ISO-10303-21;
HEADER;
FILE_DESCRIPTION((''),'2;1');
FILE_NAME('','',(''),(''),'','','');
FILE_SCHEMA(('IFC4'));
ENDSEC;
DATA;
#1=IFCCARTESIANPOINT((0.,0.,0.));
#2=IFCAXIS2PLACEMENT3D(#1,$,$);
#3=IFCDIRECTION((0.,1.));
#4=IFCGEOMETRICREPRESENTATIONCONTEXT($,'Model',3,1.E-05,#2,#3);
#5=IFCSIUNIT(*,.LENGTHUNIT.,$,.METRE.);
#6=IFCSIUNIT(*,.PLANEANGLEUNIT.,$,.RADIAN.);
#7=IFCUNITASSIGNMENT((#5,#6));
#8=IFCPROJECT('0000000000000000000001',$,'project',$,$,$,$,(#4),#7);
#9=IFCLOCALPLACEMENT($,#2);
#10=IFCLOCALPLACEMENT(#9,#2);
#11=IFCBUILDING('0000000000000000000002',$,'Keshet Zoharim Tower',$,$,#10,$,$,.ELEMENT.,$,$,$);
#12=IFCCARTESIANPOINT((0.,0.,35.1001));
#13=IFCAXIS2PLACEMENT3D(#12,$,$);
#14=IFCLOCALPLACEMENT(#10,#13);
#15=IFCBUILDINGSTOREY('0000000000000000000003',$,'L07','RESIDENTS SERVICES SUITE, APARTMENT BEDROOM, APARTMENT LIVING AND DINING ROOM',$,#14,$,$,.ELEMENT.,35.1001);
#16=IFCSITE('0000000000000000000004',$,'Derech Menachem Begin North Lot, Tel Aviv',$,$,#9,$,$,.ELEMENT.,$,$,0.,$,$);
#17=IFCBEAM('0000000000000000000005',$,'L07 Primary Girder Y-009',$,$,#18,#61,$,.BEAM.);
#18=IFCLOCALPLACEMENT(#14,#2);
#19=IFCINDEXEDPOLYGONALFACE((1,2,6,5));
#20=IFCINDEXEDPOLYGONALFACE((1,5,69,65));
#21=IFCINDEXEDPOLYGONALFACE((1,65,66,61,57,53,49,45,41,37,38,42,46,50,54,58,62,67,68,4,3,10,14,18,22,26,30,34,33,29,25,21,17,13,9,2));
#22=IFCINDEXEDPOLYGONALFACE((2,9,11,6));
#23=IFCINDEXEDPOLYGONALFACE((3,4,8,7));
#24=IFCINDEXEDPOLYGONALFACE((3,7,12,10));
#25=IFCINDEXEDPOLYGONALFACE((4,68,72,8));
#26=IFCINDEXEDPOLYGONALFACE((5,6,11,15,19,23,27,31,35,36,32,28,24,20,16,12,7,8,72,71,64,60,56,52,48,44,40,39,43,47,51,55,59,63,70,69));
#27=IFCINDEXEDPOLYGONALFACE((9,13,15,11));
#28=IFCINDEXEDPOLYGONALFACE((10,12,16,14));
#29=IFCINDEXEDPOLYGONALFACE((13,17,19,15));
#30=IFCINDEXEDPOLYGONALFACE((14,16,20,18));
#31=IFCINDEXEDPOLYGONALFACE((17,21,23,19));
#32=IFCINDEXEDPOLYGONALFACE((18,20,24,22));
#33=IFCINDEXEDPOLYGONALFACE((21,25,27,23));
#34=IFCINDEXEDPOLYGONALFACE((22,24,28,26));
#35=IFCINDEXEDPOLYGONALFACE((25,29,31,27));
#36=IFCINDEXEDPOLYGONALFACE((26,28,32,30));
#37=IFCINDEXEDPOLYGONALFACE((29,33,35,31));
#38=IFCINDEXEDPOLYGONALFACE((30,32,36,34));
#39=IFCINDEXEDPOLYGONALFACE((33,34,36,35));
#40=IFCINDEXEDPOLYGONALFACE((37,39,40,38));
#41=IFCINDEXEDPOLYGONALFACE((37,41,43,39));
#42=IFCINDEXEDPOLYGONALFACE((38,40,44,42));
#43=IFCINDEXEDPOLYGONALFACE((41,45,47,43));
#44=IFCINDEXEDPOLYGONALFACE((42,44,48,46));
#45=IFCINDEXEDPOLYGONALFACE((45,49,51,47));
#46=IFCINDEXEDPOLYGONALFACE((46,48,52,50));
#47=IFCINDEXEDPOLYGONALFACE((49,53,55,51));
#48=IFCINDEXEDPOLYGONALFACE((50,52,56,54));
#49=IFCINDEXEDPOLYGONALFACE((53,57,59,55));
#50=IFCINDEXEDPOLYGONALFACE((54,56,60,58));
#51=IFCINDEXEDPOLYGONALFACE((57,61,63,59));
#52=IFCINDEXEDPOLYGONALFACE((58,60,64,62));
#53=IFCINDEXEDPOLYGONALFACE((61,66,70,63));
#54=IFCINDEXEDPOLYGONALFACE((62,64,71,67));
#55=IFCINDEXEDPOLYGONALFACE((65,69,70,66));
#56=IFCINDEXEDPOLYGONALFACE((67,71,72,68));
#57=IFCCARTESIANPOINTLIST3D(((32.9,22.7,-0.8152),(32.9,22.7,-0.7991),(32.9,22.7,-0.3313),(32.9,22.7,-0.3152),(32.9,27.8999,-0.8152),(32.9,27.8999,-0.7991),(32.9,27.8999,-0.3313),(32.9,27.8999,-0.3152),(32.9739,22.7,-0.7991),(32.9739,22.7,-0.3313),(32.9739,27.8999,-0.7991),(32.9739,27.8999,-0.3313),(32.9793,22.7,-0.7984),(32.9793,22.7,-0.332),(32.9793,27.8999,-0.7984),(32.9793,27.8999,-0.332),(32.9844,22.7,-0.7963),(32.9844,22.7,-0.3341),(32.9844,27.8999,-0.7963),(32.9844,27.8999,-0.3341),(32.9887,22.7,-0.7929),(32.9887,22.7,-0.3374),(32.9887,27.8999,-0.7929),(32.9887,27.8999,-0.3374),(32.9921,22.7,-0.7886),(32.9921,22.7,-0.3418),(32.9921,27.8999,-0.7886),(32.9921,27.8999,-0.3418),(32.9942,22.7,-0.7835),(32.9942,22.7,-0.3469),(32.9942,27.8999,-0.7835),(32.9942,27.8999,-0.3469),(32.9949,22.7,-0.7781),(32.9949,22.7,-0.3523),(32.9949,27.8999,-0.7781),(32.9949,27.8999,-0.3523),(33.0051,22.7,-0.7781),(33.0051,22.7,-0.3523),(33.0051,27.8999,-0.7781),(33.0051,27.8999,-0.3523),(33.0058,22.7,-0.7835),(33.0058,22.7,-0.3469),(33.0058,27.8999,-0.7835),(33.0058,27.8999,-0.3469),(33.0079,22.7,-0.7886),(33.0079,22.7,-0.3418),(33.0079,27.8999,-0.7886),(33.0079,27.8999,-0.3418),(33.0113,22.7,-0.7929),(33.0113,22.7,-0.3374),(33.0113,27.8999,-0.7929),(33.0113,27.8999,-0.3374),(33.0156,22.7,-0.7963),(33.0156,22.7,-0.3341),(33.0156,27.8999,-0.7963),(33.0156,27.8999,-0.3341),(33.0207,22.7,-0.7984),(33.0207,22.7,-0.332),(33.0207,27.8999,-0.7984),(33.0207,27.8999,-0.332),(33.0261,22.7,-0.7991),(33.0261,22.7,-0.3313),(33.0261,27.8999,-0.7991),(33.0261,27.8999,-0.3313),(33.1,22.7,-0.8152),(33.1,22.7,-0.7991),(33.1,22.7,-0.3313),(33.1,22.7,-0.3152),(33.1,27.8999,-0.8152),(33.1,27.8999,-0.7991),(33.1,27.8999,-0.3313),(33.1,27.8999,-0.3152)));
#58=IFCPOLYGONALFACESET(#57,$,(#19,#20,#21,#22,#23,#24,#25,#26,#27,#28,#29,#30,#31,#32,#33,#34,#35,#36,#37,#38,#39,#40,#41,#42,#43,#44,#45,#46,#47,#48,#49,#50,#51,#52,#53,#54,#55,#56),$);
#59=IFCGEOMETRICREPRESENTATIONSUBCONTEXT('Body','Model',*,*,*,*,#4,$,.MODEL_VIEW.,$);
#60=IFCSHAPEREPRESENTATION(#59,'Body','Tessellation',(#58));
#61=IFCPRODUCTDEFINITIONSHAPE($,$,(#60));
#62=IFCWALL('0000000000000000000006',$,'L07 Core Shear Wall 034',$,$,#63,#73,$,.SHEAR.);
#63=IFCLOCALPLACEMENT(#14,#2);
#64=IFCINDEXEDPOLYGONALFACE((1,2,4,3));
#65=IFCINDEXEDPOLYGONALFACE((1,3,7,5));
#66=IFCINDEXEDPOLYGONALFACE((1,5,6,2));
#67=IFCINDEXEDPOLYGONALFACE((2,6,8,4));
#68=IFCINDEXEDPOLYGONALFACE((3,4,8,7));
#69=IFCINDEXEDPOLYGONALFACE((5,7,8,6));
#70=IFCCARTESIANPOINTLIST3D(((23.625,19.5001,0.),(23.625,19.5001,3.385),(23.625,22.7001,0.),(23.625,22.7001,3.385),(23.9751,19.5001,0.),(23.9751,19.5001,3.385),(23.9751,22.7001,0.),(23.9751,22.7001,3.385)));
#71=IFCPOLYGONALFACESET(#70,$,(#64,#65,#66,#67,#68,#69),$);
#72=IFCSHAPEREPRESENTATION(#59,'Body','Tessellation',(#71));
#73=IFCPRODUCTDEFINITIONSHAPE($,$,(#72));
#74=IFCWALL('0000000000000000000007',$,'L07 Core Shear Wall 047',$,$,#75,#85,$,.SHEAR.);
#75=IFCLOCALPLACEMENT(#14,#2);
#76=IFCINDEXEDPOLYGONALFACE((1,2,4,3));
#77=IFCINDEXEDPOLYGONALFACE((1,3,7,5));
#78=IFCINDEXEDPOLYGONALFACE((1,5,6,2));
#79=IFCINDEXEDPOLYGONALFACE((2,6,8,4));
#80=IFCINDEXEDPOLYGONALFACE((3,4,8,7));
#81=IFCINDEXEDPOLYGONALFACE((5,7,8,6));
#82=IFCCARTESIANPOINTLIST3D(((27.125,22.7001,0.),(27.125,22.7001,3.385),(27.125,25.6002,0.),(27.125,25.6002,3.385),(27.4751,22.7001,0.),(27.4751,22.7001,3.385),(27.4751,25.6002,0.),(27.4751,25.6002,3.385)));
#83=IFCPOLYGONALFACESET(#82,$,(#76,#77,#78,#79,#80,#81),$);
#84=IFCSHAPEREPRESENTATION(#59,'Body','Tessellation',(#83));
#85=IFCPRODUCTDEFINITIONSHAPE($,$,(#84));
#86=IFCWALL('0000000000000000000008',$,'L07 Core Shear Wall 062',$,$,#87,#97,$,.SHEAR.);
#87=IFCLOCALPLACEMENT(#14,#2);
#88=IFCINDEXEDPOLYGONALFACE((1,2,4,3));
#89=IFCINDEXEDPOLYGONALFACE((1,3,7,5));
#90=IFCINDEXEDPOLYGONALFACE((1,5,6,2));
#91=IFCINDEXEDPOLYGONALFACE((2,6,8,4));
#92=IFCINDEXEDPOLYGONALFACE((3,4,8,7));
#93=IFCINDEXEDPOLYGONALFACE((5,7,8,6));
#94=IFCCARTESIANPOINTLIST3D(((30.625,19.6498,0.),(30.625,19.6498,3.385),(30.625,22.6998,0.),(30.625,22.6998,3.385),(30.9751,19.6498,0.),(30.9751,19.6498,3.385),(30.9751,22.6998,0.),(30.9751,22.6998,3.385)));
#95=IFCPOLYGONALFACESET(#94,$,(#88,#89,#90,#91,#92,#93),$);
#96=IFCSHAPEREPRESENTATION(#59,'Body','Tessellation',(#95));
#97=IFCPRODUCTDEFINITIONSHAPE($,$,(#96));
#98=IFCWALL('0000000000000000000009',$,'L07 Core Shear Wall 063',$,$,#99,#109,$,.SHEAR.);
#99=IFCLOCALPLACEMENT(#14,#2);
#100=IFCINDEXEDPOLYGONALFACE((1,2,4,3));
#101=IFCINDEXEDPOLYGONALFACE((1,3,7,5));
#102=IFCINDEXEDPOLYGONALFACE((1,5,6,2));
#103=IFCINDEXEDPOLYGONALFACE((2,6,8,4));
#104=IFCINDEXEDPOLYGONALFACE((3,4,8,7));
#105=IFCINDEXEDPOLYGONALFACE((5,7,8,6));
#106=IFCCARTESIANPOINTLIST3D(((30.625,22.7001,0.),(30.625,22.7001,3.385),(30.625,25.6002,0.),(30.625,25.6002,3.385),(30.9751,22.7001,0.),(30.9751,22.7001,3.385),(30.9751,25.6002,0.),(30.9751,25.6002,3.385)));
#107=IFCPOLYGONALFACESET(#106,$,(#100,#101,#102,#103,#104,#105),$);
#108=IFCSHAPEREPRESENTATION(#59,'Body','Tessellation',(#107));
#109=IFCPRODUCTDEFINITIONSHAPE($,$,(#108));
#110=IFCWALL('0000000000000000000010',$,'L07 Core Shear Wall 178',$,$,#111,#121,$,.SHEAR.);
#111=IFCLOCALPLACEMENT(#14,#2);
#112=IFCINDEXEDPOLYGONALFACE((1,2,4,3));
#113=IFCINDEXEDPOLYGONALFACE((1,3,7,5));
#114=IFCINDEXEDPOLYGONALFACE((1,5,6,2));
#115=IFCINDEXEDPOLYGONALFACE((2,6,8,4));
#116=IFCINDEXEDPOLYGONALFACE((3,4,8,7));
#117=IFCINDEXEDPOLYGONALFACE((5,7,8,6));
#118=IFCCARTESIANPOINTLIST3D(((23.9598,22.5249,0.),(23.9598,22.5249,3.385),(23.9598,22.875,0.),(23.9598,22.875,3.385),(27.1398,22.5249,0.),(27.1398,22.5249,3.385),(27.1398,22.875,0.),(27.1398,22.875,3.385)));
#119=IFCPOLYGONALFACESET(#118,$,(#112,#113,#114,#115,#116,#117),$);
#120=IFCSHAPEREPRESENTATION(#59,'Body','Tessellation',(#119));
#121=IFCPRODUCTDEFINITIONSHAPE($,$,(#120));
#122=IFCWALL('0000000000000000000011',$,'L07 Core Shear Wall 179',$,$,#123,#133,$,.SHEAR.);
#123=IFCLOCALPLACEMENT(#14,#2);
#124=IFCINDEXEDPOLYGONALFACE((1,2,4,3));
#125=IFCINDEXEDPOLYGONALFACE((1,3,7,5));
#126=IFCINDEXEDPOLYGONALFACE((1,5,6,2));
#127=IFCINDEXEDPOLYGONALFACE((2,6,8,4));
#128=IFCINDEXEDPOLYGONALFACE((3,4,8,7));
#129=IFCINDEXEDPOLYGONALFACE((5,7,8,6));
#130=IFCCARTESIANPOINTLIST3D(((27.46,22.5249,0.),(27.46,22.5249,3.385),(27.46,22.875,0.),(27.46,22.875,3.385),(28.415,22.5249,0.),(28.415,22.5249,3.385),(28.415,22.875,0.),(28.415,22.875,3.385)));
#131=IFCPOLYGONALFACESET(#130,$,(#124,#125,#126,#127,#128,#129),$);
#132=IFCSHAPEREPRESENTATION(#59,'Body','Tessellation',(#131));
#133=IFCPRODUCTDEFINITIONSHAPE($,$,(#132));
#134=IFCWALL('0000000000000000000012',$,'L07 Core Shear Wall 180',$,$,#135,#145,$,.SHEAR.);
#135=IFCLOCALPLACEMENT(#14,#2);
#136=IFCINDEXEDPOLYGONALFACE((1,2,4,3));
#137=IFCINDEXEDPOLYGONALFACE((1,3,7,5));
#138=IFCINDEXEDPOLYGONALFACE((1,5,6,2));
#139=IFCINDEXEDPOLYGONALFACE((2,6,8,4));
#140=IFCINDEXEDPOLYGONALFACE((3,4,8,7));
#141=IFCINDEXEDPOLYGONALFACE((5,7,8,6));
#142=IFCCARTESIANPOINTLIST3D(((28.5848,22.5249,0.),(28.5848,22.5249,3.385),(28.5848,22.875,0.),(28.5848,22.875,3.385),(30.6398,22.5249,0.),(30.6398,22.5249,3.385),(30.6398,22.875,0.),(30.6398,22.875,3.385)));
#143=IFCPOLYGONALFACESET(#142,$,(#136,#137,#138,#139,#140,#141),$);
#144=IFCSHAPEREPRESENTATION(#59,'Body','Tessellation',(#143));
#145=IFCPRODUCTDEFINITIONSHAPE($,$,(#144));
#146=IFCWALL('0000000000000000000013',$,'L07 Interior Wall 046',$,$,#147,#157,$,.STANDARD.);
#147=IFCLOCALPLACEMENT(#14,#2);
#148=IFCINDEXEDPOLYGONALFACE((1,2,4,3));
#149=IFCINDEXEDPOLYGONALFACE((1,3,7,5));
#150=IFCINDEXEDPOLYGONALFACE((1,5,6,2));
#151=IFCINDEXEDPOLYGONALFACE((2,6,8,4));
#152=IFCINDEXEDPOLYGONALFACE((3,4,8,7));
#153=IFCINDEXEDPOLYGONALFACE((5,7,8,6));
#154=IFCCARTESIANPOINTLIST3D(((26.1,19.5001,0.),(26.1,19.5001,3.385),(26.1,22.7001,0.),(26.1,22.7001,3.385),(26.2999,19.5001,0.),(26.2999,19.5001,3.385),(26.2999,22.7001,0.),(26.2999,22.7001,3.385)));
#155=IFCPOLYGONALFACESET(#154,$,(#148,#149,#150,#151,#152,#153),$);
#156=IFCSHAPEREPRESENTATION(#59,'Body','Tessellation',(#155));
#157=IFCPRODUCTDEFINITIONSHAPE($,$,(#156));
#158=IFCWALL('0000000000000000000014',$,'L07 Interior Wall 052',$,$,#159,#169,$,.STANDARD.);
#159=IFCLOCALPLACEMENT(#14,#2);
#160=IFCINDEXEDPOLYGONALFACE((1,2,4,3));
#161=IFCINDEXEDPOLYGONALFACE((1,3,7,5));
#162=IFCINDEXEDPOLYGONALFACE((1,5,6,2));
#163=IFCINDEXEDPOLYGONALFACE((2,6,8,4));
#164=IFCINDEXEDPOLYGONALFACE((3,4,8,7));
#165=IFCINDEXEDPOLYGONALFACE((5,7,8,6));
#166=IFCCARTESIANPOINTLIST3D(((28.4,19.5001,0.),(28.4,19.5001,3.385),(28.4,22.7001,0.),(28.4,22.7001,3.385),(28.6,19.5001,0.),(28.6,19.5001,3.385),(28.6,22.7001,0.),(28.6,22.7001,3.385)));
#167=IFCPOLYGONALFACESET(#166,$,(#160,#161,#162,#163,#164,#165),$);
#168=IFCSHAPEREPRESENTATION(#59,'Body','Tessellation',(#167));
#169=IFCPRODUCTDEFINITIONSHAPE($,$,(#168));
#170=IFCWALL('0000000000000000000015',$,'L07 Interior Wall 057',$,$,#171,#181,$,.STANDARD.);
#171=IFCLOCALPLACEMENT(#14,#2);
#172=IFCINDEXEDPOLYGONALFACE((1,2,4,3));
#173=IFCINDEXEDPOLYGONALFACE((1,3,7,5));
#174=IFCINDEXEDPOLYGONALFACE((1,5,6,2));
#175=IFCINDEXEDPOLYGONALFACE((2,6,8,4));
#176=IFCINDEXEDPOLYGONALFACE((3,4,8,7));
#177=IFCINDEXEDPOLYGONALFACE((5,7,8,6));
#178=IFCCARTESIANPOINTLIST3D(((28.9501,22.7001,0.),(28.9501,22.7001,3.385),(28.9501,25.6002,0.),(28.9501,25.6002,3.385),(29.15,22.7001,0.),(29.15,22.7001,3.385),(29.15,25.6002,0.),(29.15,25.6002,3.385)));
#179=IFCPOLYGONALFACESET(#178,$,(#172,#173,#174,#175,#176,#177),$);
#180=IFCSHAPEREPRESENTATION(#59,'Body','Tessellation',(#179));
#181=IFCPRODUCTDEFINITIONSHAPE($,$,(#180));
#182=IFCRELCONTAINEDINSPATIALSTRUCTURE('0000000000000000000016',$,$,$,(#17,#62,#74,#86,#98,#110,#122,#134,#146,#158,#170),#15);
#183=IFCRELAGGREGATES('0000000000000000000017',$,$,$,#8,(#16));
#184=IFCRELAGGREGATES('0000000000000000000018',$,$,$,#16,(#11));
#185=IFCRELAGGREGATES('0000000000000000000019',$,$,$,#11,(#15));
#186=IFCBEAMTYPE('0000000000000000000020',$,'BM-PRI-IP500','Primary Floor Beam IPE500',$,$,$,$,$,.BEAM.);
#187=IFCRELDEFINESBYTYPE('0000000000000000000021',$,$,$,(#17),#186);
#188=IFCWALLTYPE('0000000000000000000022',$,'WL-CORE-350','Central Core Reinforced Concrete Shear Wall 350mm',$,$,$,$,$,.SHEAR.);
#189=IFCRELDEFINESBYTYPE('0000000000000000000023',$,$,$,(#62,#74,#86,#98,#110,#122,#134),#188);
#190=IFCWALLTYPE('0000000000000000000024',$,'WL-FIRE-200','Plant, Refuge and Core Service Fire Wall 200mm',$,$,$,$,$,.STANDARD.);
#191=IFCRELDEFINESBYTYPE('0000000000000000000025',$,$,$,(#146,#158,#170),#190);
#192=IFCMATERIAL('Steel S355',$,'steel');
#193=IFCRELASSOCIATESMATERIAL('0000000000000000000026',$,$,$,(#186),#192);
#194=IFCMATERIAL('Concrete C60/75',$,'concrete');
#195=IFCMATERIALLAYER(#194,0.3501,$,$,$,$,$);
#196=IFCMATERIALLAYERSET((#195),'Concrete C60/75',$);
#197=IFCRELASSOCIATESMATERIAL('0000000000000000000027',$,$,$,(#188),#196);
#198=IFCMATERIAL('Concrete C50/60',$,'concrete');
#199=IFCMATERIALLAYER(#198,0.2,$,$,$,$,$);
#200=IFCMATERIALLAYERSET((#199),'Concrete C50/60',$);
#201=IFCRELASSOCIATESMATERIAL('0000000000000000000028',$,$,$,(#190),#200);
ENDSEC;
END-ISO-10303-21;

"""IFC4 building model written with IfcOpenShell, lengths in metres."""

from ifc_helpers import new_model, si_unit, direction, frame, frame_2d, origin, origin_2d, place, context, subcontext, project, spatial, rectangle, i_section, extrude, material, layer, layer_set, material_profile, profile_set, type_object, element, save


model = new_model("IFC4")

# Units and contexts
model_context = context("Model", 3, precision=1e-05, world=origin(), true_north=direction((0.0, 1.0)))
body_context = subcontext(model_context, "Body", "Model", "MODEL_VIEW")
ifc_project = project(units=[si_unit("LENGTHUNIT", "METRE"), si_unit("PLANEANGLEUNIT", "RADIAN")], contexts=[model_context])

# Site, building, storey
site_placement = place(None, origin())
site = spatial("IfcSite", under=ifc_project, at=site_placement, Name="Derech Menachem Begin North Lot, Tel Aviv", CompositionType="ELEMENT", RefElevation=0.0)
building_placement = place(site_placement, origin())
building = spatial("IfcBuilding", under=site, at=building_placement, Name="Keshet Zoharim Tower", CompositionType="ELEMENT")
storey_placement = place(building_placement, frame((0.0, 0.0, 35.1001)))
storey = spatial("IfcBuildingStorey", under=building, at=storey_placement, Name="L07", Description="RESIDENTS SERVICES SUITE, APARTMENT BEDROOM, APARTMENT LIVING AND DINING ROOM", CompositionType="ELEMENT", Elevation=35.1001)

# Shared definitions
ifc_material_1 = material(Name="Concrete C60/75", Category="concrete")

# Beam
ifc_material_2 = material(Name="Steel S355", Category="steel")
ifc_material_profile_1 = material_profile(ifc_material_2, i_section(OverallWidth=0.2, OverallDepth=0.5, WebThickness=0.0103, FlangeThickness=0.0161, FilletRadius=0.021, at=origin_2d()), Name="IPE500")
ifc_profile_set_1 = profile_set([ifc_material_profile_1], Name="Steel S355")
beam_type_1 = type_object("IfcBeamType", Name="BM-PRI-IP500", Description="Primary Floor Beam IPE500", PredefinedType="BEAM", material=ifc_profile_set_1)
beam_1_placement = place(storey_placement, frame((33.0, 22.7, -0.5652), z_axis=(0.0, 1.0, 0.0), x_axis=(-1.0, 0.0, 0.0)))
element("IfcBeam", 1, at=beam_1_placement, inside=storey, type_object=beam_type_1, Name="L07 Primary Girder Y-009", PredefinedType="BEAM", context=body_context, shape_type="SweptSolid", body=[
    extrude(i_section(OverallWidth=0.2, OverallDepth=0.5, WebThickness=0.0103, FlangeThickness=0.0161, FilletRadius=0.021, at=origin_2d()), origin(), (0.0, 0.0, 1.0), 5.2),
])

# Wall
ifc_layer_1 = layer(ifc_material_1, 0.3501)
ifc_layer_set_1 = layer_set([ifc_layer_1], Name="Concrete C60/75")
wall_type_1 = type_object("IfcWallType", Name="WL-CORE-350", Description="Central Core Reinforced Concrete Shear Wall 350mm", PredefinedType="SHEAR", material=ifc_layer_set_1)
wall_1_placement = place(storey_placement, frame((23.8, 19.5, 0.0), z_axis=(0.0, 0.0, 1.0), x_axis=(0.0, 1.0, 0.0)))
element("IfcWall", 2, at=wall_1_placement, inside=storey, type_object=wall_type_1, Name="L07 Core Shear Wall 034", PredefinedType="SHEAR", context=body_context, shape_type="SweptSolid", body=[
    extrude(rectangle(XDim=3.2, YDim=0.3501, at=frame_2d((1.6001, 0.0))), origin(), (0.0, 0.0, 1.0), 3.385),
])

# Walls
wall_2_placement = place(storey_placement, frame((27.3, 22.7, 0.0), z_axis=(0.0, 0.0, 1.0), x_axis=(0.0, 1.0, 0.0)))
element("IfcWall", 3, at=wall_2_placement, inside=storey, type_object=wall_type_1, Name="L07 Core Shear Wall 047", PredefinedType="SHEAR", context=body_context, shape_type="SweptSolid", body=[
    extrude(rectangle(XDim=2.9001, YDim=0.3501, at=frame_2d((1.4502, 0.0))), origin(), (0.0, 0.0, 1.0), 3.385),
])
wall_3_placement = place(storey_placement, frame((30.8, 19.6499, 0.0), z_axis=(0.0, 0.0, 1.0), x_axis=(0.0, 1.0, 0.0)))
element("IfcWall", 4, at=wall_3_placement, inside=storey, type_object=wall_type_1, Name="L07 Core Shear Wall 062", PredefinedType="SHEAR", context=body_context, shape_type="SweptSolid", body=[
    extrude(rectangle(XDim=3.05, YDim=0.3501, at=frame_2d((1.5249, 0.0))), origin(), (0.0, 0.0, 1.0), 3.385),
])
wall_4_placement = place(storey_placement, frame((30.8, 22.7, 0.0), z_axis=(0.0, 0.0, 1.0), x_axis=(0.0, 1.0, 0.0)))
element("IfcWall", 5, at=wall_4_placement, inside=storey, type_object=wall_type_1, Name="L07 Core Shear Wall 063", PredefinedType="SHEAR", context=body_context, shape_type="SweptSolid", body=[
    extrude(rectangle(XDim=2.9001, YDim=0.3501, at=frame_2d((1.4502, 0.0))), origin(), (0.0, 0.0, 1.0), 3.385),
])
wall_5_placement = place(storey_placement, frame((23.96, 22.7, 0.0), z_axis=(0.0, 0.0, 1.0), x_axis=(1.0, 0.0, 0.0)))
element("IfcWall", 6, at=wall_5_placement, inside=storey, type_object=wall_type_1, Name="L07 Core Shear Wall 178", PredefinedType="SHEAR", context=body_context, shape_type="SweptSolid", body=[
    extrude(rectangle(XDim=3.1799, YDim=0.3501, at=frame_2d((1.5898, 0.0))), origin(), (0.0, 0.0, 1.0), 3.385),
])
wall_6_placement = place(storey_placement, frame((27.46, 22.7, 0.0), z_axis=(0.0, 0.0, 1.0), x_axis=(1.0, 0.0, 0.0)))
element("IfcWall", 7, at=wall_6_placement, inside=storey, type_object=wall_type_1, Name="L07 Core Shear Wall 179", PredefinedType="SHEAR", context=body_context, shape_type="SweptSolid", body=[
    extrude(rectangle(XDim=0.9551, YDim=0.3501, at=frame_2d((0.4775, 0.0))), origin(), (0.0, 0.0, 1.0), 3.385),
])
wall_7_placement = place(storey_placement, frame((28.585, 22.7, 0.0), z_axis=(0.0, 0.0, 1.0), x_axis=(1.0, 0.0, 0.0)))
element("IfcWall", 8, at=wall_7_placement, inside=storey, type_object=wall_type_1, Name="L07 Core Shear Wall 180", PredefinedType="SHEAR", context=body_context, shape_type="SweptSolid", body=[
    extrude(rectangle(XDim=2.0549, YDim=0.3501, at=frame_2d((1.0273, 0.0))), origin(), (0.0, 0.0, 1.0), 3.385),
])
ifc_material_3 = material(Name="Concrete C50/60", Category="concrete")
ifc_layer_2 = layer(ifc_material_3, 0.2)
ifc_layer_set_2 = layer_set([ifc_layer_2], Name="Concrete C50/60")
wall_type_2 = type_object("IfcWallType", Name="WL-FIRE-200", Description="Plant, Refuge and Core Service Fire Wall 200mm", PredefinedType="STANDARD", material=ifc_layer_set_2)
for number, where, z_axis, x_axis, name in (
    (9, (26.2, 19.5, 0.0), (0.0, 0.0, 1.0), (0.0, 1.0, 0.0), "L07 Interior Wall 046"),
    (10, (28.5, 19.5, 0.0), (0.0, 0.0, 1.0), (0.0, 1.0, 0.0), "L07 Interior Wall 052"),
):
    element("IfcWall", number, at=place(storey_placement, frame(where, z_axis=z_axis, x_axis=x_axis)), inside=storey, type_object=wall_type_2, Name=name, PredefinedType="STANDARD", context=body_context, shape_type="SweptSolid", body=[
        extrude(rectangle(XDim=3.2, YDim=0.2, at=frame_2d((1.6001, 0.0))), origin(), (0.0, 0.0, 1.0), 3.385),
    ])
wall_8_placement = place(storey_placement, frame((29.05, 22.7, 0.0), z_axis=(0.0, 0.0, 1.0), x_axis=(0.0, 1.0, 0.0)))
element("IfcWall", 11, at=wall_8_placement, inside=storey, type_object=wall_type_2, Name="L07 Interior Wall 057", PredefinedType="STANDARD", context=body_context, shape_type="SweptSolid", body=[
    extrude(rectangle(XDim=2.9001, YDim=0.2, at=frame_2d((1.4502, 0.0))), origin(), (0.0, 0.0, 1.0), 3.385),
])

save(model, "model.ifc")
